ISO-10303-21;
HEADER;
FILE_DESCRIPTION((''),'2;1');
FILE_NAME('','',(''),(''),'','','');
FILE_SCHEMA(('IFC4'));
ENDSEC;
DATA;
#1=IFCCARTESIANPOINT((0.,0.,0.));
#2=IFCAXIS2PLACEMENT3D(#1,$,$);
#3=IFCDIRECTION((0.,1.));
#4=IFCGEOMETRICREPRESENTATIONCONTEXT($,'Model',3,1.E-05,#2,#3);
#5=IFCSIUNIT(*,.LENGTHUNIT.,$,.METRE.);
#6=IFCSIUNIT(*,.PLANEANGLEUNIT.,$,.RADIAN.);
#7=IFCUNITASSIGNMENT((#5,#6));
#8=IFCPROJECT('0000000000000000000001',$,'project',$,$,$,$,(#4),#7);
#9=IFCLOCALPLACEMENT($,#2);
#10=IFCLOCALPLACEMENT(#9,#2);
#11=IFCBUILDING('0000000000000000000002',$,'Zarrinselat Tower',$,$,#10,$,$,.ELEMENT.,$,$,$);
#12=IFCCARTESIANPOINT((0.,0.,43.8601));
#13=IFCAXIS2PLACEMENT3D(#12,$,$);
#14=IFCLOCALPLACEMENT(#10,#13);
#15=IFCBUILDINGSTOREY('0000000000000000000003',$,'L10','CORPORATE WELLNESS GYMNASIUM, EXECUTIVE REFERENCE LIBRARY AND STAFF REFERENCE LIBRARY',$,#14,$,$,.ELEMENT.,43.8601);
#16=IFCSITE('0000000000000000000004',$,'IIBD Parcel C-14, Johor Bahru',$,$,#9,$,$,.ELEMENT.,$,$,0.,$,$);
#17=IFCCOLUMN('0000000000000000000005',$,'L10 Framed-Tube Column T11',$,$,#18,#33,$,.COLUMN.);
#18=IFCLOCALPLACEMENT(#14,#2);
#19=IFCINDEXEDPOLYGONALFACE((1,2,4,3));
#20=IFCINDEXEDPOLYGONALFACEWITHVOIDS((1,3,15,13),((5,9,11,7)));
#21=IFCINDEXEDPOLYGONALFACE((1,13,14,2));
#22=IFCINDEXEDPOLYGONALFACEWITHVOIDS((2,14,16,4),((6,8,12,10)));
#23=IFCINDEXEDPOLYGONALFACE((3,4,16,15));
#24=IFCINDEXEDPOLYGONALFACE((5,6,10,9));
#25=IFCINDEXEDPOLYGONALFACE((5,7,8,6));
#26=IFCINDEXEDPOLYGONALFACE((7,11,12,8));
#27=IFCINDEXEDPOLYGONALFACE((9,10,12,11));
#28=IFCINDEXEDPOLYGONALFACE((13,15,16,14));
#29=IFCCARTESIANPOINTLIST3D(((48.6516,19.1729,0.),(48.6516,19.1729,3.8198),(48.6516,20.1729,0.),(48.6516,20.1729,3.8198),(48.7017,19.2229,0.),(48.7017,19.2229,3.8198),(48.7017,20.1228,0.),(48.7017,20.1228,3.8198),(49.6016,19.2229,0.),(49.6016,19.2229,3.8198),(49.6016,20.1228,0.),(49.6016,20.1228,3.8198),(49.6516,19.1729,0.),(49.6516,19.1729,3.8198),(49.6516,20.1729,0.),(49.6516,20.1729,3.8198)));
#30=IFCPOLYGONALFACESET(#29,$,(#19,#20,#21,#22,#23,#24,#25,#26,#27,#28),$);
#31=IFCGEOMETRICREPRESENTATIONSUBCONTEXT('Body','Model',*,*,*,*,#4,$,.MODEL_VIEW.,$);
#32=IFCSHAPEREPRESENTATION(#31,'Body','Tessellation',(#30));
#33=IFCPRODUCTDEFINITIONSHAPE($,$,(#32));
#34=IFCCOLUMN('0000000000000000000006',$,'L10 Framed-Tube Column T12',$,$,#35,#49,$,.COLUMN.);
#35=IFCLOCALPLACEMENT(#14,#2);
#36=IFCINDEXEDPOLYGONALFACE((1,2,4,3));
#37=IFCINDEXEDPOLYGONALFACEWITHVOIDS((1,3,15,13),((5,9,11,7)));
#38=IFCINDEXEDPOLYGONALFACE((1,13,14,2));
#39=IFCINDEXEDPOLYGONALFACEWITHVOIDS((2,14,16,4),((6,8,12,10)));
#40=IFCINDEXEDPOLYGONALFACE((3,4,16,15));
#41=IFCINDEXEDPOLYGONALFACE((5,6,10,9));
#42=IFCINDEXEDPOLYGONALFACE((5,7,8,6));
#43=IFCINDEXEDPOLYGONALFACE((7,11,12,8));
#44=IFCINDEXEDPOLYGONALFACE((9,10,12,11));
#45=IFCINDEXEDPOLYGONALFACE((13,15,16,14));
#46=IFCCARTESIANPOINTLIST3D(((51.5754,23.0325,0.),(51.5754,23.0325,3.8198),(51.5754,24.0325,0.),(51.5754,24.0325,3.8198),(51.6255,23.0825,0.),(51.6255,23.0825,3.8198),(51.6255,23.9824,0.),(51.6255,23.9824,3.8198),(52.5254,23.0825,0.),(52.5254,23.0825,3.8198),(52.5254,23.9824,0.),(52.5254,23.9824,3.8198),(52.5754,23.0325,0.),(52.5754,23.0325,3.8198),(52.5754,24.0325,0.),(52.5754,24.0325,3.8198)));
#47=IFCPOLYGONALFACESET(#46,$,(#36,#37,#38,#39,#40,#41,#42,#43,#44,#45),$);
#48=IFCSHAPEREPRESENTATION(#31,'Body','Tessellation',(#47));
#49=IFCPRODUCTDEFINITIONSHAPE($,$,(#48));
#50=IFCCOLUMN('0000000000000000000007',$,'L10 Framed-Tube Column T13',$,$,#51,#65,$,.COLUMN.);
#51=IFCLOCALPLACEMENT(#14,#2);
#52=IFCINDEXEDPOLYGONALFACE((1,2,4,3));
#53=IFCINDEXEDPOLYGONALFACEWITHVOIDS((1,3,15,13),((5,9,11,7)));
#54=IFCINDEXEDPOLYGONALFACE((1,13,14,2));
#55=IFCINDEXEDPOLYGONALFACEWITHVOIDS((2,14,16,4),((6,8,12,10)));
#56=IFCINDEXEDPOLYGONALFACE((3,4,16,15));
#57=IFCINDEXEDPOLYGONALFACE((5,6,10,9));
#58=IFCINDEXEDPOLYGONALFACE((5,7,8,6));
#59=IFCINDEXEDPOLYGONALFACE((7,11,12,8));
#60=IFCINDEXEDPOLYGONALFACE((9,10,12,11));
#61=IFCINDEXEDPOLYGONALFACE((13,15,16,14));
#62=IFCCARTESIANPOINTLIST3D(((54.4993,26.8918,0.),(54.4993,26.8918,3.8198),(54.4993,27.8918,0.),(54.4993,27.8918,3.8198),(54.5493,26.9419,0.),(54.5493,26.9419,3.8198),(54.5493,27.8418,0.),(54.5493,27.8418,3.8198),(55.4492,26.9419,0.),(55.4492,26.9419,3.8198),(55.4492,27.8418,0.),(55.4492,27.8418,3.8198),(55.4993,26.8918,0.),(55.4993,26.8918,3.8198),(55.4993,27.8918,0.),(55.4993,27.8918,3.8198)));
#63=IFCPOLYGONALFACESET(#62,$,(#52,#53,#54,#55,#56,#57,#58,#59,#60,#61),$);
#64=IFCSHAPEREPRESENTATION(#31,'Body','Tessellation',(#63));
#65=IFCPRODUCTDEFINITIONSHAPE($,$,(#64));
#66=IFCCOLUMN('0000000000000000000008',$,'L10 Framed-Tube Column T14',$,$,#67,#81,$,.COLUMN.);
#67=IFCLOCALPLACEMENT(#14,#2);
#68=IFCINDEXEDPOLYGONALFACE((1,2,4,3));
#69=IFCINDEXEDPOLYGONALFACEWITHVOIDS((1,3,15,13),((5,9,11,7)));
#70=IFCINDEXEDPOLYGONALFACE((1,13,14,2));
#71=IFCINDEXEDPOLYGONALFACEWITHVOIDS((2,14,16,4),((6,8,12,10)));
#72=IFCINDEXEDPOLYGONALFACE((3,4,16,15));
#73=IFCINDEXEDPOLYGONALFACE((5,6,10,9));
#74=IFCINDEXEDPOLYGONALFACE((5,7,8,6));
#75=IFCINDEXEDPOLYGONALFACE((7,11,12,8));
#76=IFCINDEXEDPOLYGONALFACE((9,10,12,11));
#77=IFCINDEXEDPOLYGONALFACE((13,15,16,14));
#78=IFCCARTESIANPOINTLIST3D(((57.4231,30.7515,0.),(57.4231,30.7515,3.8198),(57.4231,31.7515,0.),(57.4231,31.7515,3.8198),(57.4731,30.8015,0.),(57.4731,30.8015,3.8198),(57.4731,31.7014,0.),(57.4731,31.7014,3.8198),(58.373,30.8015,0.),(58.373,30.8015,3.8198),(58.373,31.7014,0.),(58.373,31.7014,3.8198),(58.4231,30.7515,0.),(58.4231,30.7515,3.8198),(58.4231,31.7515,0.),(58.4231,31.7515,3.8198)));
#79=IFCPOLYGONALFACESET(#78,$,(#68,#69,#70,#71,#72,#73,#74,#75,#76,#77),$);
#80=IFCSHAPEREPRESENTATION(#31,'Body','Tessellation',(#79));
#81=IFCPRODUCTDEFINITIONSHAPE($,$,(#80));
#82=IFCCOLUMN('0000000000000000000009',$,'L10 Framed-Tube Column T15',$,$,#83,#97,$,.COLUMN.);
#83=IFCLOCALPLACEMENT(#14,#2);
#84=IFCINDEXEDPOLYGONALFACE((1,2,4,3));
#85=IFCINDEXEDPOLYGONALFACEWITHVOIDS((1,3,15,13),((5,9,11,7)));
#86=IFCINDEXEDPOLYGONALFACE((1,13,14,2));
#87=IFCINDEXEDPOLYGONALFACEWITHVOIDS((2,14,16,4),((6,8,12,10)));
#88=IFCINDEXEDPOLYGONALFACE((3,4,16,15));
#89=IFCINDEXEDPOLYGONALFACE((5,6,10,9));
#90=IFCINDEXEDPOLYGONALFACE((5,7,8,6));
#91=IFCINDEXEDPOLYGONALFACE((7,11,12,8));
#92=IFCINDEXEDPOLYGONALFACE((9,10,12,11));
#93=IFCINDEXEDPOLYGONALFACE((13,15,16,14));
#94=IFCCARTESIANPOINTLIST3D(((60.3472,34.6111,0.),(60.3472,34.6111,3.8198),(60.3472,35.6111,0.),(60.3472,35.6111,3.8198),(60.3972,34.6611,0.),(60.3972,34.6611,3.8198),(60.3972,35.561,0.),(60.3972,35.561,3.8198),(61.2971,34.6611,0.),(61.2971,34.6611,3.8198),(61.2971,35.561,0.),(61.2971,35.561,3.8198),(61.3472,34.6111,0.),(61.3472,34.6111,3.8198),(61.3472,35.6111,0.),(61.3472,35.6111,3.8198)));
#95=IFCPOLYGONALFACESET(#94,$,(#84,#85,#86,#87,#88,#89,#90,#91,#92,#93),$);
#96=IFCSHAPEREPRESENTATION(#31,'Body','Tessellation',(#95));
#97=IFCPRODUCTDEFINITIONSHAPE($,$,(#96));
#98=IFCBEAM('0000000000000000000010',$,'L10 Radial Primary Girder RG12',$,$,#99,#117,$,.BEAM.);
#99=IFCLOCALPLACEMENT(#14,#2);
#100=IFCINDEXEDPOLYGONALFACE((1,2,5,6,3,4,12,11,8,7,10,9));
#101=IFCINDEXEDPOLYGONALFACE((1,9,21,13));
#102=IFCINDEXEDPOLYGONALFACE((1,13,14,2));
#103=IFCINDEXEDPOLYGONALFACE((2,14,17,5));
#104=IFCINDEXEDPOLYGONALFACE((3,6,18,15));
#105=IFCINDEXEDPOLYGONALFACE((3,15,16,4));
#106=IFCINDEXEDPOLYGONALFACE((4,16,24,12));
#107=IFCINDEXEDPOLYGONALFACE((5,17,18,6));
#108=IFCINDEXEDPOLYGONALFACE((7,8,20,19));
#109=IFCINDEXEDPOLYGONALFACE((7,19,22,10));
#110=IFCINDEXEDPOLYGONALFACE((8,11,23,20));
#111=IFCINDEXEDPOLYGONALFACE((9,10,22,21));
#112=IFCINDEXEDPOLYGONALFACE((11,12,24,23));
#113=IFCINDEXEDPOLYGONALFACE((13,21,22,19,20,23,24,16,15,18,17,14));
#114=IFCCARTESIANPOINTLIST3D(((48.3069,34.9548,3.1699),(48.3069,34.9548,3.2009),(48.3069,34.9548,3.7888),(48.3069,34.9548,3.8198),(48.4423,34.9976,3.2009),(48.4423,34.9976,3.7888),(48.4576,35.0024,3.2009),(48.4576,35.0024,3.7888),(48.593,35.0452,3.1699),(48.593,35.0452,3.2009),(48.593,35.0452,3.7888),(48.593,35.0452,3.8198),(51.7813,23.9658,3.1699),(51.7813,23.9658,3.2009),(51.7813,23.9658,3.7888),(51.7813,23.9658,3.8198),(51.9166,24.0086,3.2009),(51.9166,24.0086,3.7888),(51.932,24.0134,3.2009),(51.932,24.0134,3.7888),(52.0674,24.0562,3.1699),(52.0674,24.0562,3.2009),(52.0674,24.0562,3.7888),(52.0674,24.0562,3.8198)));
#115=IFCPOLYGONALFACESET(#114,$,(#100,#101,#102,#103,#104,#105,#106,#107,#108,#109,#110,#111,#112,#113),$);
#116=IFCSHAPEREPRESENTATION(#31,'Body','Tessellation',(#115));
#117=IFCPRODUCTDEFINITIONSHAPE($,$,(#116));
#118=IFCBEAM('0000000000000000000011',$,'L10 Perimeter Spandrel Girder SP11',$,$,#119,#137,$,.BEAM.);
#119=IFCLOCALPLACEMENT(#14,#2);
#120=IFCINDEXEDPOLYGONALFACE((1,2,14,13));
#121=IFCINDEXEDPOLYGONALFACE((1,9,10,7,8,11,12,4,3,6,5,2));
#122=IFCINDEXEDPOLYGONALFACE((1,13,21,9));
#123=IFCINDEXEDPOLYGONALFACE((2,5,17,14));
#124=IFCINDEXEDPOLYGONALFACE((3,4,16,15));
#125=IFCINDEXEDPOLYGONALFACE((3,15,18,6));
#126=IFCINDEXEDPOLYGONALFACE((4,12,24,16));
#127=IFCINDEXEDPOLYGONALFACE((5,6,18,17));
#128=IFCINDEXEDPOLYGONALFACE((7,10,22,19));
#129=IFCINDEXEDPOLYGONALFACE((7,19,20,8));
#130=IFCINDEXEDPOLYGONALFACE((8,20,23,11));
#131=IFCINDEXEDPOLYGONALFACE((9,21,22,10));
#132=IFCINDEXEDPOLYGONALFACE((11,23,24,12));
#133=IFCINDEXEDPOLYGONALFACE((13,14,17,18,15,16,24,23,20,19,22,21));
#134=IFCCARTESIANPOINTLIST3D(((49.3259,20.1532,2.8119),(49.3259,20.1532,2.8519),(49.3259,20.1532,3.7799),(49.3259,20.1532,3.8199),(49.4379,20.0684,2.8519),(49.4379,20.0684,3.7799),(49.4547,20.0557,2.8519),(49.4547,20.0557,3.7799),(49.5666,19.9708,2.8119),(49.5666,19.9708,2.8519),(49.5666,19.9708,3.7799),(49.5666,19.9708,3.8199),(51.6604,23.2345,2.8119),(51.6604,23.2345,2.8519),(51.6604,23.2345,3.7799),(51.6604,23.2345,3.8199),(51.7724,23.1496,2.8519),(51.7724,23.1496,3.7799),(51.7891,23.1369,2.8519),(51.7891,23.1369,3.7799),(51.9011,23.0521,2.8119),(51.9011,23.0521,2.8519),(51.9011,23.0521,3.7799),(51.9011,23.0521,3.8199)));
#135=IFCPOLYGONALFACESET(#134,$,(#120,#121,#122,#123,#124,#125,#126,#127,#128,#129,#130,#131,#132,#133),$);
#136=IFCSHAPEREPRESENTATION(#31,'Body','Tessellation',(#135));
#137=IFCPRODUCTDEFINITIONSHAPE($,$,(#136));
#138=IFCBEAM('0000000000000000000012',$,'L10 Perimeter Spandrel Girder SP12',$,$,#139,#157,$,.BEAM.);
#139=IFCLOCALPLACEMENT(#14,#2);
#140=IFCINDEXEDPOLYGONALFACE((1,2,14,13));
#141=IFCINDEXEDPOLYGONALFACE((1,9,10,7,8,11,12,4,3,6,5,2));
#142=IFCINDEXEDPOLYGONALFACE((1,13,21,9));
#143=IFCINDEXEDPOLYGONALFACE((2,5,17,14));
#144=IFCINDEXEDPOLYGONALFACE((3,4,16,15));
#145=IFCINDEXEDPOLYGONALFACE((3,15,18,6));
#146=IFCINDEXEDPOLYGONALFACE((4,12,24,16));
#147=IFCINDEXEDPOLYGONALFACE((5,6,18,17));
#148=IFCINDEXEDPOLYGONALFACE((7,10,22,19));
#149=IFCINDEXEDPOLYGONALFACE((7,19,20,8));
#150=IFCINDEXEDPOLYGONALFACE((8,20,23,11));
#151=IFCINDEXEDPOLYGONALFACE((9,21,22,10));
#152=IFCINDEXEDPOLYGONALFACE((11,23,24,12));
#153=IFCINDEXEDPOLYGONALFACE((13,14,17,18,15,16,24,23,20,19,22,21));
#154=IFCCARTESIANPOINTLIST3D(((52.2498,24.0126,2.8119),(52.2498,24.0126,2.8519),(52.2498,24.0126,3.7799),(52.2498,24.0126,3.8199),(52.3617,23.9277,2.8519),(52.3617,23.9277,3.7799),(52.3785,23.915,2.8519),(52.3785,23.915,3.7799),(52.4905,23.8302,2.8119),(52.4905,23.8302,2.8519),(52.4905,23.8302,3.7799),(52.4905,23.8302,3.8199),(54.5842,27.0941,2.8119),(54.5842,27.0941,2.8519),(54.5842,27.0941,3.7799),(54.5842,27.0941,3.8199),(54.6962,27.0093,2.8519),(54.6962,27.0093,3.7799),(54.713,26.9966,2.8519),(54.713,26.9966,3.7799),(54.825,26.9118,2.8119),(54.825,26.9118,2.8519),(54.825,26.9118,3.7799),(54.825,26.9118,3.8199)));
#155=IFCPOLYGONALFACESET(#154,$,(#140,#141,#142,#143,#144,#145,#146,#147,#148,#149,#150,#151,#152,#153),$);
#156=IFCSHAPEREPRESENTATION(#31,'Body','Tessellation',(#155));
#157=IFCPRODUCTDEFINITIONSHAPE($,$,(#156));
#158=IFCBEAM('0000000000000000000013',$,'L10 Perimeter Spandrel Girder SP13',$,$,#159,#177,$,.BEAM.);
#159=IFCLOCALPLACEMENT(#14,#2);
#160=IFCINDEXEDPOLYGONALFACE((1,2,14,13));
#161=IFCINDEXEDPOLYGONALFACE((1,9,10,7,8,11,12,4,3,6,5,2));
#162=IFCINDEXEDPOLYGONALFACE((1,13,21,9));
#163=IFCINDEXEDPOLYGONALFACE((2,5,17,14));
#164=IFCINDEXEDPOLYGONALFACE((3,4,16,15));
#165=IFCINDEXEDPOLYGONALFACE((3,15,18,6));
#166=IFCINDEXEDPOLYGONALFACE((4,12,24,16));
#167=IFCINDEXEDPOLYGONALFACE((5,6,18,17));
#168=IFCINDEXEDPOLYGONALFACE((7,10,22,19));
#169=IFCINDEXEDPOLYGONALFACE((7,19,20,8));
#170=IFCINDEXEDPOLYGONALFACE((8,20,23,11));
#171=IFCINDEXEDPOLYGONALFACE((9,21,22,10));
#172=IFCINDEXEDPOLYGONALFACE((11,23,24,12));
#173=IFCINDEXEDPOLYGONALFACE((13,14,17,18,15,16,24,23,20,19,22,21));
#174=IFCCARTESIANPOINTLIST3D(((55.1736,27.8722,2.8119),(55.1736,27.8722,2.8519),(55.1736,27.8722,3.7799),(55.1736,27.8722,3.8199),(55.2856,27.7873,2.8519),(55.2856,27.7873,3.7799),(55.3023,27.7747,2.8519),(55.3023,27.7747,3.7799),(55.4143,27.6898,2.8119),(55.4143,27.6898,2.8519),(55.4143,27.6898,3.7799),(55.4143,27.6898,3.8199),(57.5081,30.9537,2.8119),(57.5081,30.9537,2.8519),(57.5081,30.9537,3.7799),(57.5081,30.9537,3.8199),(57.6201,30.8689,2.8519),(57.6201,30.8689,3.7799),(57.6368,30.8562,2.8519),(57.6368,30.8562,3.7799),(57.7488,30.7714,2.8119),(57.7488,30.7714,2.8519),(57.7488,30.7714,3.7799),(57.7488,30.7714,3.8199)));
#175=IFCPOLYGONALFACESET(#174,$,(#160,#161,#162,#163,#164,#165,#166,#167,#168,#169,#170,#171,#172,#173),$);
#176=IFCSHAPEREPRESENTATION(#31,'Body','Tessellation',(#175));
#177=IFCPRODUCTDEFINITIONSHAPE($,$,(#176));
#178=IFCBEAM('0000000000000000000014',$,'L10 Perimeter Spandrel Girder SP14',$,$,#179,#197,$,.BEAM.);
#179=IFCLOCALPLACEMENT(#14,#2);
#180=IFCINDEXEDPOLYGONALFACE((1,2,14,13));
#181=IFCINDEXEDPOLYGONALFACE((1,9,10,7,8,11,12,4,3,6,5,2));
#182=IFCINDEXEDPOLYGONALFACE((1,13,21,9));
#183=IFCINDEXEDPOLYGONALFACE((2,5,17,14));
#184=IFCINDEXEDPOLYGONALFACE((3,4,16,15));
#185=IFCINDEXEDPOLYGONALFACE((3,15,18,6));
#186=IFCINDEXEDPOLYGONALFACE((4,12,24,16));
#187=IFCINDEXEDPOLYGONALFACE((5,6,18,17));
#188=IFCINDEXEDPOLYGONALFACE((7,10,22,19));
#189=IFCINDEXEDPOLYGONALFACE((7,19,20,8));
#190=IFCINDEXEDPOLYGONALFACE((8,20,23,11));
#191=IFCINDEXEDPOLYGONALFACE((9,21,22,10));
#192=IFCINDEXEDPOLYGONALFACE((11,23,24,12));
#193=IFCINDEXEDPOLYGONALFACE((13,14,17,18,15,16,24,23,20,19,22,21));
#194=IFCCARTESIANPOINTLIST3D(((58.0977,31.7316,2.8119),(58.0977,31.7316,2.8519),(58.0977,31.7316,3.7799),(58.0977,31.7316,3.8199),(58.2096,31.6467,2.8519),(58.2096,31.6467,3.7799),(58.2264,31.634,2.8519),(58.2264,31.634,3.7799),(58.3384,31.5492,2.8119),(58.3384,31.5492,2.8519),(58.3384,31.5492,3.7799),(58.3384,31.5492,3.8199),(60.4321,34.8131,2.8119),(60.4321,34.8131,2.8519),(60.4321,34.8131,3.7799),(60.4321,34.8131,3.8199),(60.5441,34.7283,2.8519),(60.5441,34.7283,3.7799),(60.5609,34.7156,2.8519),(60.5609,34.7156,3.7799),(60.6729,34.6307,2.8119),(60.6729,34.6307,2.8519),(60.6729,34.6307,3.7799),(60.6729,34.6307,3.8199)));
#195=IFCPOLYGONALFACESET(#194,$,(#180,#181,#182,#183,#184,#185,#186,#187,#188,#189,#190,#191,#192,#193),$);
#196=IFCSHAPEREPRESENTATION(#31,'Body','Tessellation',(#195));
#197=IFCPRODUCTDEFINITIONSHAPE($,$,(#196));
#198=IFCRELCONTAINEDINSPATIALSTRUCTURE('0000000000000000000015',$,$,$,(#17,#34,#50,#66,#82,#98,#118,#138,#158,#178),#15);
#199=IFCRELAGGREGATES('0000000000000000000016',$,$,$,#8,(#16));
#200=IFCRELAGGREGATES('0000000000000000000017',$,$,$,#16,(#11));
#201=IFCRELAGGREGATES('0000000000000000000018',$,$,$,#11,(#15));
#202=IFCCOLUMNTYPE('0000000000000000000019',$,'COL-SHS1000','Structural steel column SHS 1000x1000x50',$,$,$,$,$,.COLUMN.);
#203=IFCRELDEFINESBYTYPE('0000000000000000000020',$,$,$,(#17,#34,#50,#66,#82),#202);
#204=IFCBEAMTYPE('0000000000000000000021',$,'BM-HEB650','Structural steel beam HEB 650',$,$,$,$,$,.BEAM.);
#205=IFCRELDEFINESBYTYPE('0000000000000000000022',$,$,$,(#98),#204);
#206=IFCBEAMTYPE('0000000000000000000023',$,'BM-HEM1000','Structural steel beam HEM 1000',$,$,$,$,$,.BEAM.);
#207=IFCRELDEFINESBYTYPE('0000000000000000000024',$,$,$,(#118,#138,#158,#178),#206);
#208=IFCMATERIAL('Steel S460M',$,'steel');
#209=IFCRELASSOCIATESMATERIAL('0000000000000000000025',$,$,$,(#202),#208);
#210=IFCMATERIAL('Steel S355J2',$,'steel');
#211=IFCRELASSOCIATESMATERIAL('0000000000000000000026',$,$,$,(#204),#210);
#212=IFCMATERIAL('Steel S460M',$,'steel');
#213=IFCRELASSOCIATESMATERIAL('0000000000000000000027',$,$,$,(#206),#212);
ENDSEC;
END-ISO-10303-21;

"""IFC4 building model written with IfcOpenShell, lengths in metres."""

from ifc_helpers import new_model, si_unit, direction, frame, origin, origin_2d, place, context, subcontext, project, spatial, hollow_rectangle, i_section, extrude, material, material_profile, profile_set, type_object, element, save


model = new_model("IFC4")

# Units and contexts
model_context = context("Model", 3, precision=1e-05, world=origin(), true_north=direction((0.0, 1.0)))
body_context = subcontext(model_context, "Body", "Model", "MODEL_VIEW")
ifc_project = project(units=[si_unit("LENGTHUNIT", "METRE"), si_unit("PLANEANGLEUNIT", "RADIAN")], contexts=[model_context])

# Site, building, storey
site_placement = place(None, origin())
site = spatial("IfcSite", under=ifc_project, at=site_placement, Name="IIBD Parcel C-14, Johor Bahru", CompositionType="ELEMENT", RefElevation=0.0)
building_placement = place(site_placement, origin())
building = spatial("IfcBuilding", under=site, at=building_placement, Name="Zarrinselat Tower", CompositionType="ELEMENT")
storey_placement = place(building_placement, frame((0.0, 0.0, 43.8601)))
storey = spatial("IfcBuildingStorey", under=building, at=storey_placement, Name="L10", Description="CORPORATE WELLNESS GYMNASIUM, EXECUTIVE REFERENCE LIBRARY AND STAFF REFERENCE LIBRARY", CompositionType="ELEMENT", Elevation=43.8601)

# Columns
ifc_material_1 = material(Name="Steel S460M", Category="steel")
ifc_material_profile_1 = material_profile(ifc_material_1, hollow_rectangle(XDim=1.0, YDim=1.0, WallThickness=0.05, at=origin_2d()), Name="SHS 1000x1000x50")
ifc_profile_set_1 = profile_set([ifc_material_profile_1], Name="Steel S460M")
column_type = type_object("IfcColumnType", Name="COL-SHS1000", Description="Structural steel column SHS 1000x1000x50", PredefinedType="COLUMN", material=ifc_profile_set_1)
for number, where, z_axis, x_axis, name in (
    (1, (49.1516, 19.6729, 0.0), (0.0, 0.0, 1.0), (1.0, 0.0, 0.0), "L10 Framed-Tube Column T11"),
    (2, (52.0754, 23.5325, 0.0), (0.0, 0.0, 1.0), (1.0, 0.0, 0.0), "L10 Framed-Tube Column T12"),
    (3, (54.9993, 27.3918, 0.0), (0.0, 0.0, 1.0), (1.0, 0.0, 0.0), "L10 Framed-Tube Column T13"),
    (4, (57.9231, 31.2515, 0.0), (0.0, 0.0, 1.0), (1.0, 0.0, 0.0), "L10 Framed-Tube Column T14"),
    (5, (60.8472, 35.1111, 0.0), (0.0, 0.0, 1.0), (1.0, 0.0, 0.0), "L10 Framed-Tube Column T15"),
):
    element("IfcColumn", number, at=place(storey_placement, frame(where, z_axis=z_axis, x_axis=x_axis)), inside=storey, type_object=column_type, Name=name, PredefinedType="COLUMN", context=body_context, shape_type="SweptSolid", body=[
        extrude(hollow_rectangle(XDim=1.0, YDim=1.0, WallThickness=0.05, at=origin_2d()), origin(), (0.0, 0.0, 1.0), 3.8198),
    ])

# Beams
ifc_material_2 = material(Name="Steel S355J2", Category="steel")
ifc_material_profile_2 = material_profile(ifc_material_2, i_section(OverallWidth=0.3, OverallDepth=0.6499, WebThickness=0.0161, FlangeThickness=0.031, at=origin_2d()), Name="HEB 650")
ifc_profile_set_2 = profile_set([ifc_material_profile_2], Name="Steel S355J2")
beam_type_1 = type_object("IfcBeamType", Name="BM-HEB650", Description="Structural steel beam HEB 650", PredefinedType="BEAM", material=ifc_profile_set_2)
beam_1_placement = place(storey_placement, frame((48.45, 35.0, 3.4949), z_axis=(0.301459, -0.953479, 0.0), x_axis=(0.953479, 0.301459, 0.0)))
element("IfcBeam", 6, at=beam_1_placement, inside=storey, type_object=beam_type_1, Name="L10 Radial Primary Girder RG12", PredefinedType="BEAM", context=body_context, shape_type="SweptSolid", body=[
    extrude(i_section(OverallWidth=0.3, OverallDepth=0.6499, WebThickness=0.0161, FlangeThickness=0.031, at=origin_2d()), origin(), (0.0, 0.0, 1.0), 11.5251),
])
ifc_material_3 = material(Name="Steel S460M", Category="steel")
ifc_material_profile_3 = material_profile(ifc_material_3, i_section(OverallWidth=0.302, OverallDepth=1.0081, WebThickness=0.021, FlangeThickness=0.04, at=origin_2d()), Name="HEM 1000")
ifc_profile_set_3 = profile_set([ifc_material_profile_3], Name="Steel S460M")
beam_type_2 = type_object("IfcBeamType", Name="BM-HEM1000", Description="Structural steel beam HEM 1000", PredefinedType="BEAM", material=ifc_profile_set_3)
beam_2_placement = place(storey_placement, frame((49.4463, 20.062, 3.3159), z_axis=(0.603883, 0.797073, 0.0), x_axis=(-0.797073, 0.603883, 0.0)))
element("IfcBeam", 7, at=beam_2_placement, inside=storey, type_object=beam_type_2, Name="L10 Perimeter Spandrel Girder SP11", PredefinedType="BEAM", context=body_context, shape_type="SweptSolid", body=[
    extrude(i_section(OverallWidth=0.302, OverallDepth=1.0081, WebThickness=0.021, FlangeThickness=0.04, at=origin_2d()), origin(), (0.0, 0.0, 1.0), 3.8657),
])
for number, where, z_axis, x_axis, name in (
    (8, (52.3701, 23.9214, 3.3159), (0.603853, 0.797096, 0.0), (-0.797096, 0.603853, 0.0), "L10 Perimeter Spandrel Girder SP12"),
    (9, (55.2939, 27.781, 3.3159), (0.603853, 0.797096, 0.0), (-0.797096, 0.603853, 0.0), "L10 Perimeter Spandrel Girder SP13"),
    (10, (58.218, 31.6404, 3.3159), (0.603853, 0.797096, 0.0), (-0.797096, 0.603853, 0.0), "L10 Perimeter Spandrel Girder SP14"),
):
    element("IfcBeam", number, at=place(storey_placement, frame(where, z_axis=z_axis, x_axis=x_axis)), inside=storey, type_object=beam_type_2, Name=name, PredefinedType="BEAM", context=body_context, shape_type="SweptSolid", body=[
        extrude(i_section(OverallWidth=0.302, OverallDepth=1.0081, WebThickness=0.021, FlangeThickness=0.04, at=origin_2d()), origin(), (0.0, 0.0, 1.0), 3.866),
    ])

save(model, "model.ifc")
